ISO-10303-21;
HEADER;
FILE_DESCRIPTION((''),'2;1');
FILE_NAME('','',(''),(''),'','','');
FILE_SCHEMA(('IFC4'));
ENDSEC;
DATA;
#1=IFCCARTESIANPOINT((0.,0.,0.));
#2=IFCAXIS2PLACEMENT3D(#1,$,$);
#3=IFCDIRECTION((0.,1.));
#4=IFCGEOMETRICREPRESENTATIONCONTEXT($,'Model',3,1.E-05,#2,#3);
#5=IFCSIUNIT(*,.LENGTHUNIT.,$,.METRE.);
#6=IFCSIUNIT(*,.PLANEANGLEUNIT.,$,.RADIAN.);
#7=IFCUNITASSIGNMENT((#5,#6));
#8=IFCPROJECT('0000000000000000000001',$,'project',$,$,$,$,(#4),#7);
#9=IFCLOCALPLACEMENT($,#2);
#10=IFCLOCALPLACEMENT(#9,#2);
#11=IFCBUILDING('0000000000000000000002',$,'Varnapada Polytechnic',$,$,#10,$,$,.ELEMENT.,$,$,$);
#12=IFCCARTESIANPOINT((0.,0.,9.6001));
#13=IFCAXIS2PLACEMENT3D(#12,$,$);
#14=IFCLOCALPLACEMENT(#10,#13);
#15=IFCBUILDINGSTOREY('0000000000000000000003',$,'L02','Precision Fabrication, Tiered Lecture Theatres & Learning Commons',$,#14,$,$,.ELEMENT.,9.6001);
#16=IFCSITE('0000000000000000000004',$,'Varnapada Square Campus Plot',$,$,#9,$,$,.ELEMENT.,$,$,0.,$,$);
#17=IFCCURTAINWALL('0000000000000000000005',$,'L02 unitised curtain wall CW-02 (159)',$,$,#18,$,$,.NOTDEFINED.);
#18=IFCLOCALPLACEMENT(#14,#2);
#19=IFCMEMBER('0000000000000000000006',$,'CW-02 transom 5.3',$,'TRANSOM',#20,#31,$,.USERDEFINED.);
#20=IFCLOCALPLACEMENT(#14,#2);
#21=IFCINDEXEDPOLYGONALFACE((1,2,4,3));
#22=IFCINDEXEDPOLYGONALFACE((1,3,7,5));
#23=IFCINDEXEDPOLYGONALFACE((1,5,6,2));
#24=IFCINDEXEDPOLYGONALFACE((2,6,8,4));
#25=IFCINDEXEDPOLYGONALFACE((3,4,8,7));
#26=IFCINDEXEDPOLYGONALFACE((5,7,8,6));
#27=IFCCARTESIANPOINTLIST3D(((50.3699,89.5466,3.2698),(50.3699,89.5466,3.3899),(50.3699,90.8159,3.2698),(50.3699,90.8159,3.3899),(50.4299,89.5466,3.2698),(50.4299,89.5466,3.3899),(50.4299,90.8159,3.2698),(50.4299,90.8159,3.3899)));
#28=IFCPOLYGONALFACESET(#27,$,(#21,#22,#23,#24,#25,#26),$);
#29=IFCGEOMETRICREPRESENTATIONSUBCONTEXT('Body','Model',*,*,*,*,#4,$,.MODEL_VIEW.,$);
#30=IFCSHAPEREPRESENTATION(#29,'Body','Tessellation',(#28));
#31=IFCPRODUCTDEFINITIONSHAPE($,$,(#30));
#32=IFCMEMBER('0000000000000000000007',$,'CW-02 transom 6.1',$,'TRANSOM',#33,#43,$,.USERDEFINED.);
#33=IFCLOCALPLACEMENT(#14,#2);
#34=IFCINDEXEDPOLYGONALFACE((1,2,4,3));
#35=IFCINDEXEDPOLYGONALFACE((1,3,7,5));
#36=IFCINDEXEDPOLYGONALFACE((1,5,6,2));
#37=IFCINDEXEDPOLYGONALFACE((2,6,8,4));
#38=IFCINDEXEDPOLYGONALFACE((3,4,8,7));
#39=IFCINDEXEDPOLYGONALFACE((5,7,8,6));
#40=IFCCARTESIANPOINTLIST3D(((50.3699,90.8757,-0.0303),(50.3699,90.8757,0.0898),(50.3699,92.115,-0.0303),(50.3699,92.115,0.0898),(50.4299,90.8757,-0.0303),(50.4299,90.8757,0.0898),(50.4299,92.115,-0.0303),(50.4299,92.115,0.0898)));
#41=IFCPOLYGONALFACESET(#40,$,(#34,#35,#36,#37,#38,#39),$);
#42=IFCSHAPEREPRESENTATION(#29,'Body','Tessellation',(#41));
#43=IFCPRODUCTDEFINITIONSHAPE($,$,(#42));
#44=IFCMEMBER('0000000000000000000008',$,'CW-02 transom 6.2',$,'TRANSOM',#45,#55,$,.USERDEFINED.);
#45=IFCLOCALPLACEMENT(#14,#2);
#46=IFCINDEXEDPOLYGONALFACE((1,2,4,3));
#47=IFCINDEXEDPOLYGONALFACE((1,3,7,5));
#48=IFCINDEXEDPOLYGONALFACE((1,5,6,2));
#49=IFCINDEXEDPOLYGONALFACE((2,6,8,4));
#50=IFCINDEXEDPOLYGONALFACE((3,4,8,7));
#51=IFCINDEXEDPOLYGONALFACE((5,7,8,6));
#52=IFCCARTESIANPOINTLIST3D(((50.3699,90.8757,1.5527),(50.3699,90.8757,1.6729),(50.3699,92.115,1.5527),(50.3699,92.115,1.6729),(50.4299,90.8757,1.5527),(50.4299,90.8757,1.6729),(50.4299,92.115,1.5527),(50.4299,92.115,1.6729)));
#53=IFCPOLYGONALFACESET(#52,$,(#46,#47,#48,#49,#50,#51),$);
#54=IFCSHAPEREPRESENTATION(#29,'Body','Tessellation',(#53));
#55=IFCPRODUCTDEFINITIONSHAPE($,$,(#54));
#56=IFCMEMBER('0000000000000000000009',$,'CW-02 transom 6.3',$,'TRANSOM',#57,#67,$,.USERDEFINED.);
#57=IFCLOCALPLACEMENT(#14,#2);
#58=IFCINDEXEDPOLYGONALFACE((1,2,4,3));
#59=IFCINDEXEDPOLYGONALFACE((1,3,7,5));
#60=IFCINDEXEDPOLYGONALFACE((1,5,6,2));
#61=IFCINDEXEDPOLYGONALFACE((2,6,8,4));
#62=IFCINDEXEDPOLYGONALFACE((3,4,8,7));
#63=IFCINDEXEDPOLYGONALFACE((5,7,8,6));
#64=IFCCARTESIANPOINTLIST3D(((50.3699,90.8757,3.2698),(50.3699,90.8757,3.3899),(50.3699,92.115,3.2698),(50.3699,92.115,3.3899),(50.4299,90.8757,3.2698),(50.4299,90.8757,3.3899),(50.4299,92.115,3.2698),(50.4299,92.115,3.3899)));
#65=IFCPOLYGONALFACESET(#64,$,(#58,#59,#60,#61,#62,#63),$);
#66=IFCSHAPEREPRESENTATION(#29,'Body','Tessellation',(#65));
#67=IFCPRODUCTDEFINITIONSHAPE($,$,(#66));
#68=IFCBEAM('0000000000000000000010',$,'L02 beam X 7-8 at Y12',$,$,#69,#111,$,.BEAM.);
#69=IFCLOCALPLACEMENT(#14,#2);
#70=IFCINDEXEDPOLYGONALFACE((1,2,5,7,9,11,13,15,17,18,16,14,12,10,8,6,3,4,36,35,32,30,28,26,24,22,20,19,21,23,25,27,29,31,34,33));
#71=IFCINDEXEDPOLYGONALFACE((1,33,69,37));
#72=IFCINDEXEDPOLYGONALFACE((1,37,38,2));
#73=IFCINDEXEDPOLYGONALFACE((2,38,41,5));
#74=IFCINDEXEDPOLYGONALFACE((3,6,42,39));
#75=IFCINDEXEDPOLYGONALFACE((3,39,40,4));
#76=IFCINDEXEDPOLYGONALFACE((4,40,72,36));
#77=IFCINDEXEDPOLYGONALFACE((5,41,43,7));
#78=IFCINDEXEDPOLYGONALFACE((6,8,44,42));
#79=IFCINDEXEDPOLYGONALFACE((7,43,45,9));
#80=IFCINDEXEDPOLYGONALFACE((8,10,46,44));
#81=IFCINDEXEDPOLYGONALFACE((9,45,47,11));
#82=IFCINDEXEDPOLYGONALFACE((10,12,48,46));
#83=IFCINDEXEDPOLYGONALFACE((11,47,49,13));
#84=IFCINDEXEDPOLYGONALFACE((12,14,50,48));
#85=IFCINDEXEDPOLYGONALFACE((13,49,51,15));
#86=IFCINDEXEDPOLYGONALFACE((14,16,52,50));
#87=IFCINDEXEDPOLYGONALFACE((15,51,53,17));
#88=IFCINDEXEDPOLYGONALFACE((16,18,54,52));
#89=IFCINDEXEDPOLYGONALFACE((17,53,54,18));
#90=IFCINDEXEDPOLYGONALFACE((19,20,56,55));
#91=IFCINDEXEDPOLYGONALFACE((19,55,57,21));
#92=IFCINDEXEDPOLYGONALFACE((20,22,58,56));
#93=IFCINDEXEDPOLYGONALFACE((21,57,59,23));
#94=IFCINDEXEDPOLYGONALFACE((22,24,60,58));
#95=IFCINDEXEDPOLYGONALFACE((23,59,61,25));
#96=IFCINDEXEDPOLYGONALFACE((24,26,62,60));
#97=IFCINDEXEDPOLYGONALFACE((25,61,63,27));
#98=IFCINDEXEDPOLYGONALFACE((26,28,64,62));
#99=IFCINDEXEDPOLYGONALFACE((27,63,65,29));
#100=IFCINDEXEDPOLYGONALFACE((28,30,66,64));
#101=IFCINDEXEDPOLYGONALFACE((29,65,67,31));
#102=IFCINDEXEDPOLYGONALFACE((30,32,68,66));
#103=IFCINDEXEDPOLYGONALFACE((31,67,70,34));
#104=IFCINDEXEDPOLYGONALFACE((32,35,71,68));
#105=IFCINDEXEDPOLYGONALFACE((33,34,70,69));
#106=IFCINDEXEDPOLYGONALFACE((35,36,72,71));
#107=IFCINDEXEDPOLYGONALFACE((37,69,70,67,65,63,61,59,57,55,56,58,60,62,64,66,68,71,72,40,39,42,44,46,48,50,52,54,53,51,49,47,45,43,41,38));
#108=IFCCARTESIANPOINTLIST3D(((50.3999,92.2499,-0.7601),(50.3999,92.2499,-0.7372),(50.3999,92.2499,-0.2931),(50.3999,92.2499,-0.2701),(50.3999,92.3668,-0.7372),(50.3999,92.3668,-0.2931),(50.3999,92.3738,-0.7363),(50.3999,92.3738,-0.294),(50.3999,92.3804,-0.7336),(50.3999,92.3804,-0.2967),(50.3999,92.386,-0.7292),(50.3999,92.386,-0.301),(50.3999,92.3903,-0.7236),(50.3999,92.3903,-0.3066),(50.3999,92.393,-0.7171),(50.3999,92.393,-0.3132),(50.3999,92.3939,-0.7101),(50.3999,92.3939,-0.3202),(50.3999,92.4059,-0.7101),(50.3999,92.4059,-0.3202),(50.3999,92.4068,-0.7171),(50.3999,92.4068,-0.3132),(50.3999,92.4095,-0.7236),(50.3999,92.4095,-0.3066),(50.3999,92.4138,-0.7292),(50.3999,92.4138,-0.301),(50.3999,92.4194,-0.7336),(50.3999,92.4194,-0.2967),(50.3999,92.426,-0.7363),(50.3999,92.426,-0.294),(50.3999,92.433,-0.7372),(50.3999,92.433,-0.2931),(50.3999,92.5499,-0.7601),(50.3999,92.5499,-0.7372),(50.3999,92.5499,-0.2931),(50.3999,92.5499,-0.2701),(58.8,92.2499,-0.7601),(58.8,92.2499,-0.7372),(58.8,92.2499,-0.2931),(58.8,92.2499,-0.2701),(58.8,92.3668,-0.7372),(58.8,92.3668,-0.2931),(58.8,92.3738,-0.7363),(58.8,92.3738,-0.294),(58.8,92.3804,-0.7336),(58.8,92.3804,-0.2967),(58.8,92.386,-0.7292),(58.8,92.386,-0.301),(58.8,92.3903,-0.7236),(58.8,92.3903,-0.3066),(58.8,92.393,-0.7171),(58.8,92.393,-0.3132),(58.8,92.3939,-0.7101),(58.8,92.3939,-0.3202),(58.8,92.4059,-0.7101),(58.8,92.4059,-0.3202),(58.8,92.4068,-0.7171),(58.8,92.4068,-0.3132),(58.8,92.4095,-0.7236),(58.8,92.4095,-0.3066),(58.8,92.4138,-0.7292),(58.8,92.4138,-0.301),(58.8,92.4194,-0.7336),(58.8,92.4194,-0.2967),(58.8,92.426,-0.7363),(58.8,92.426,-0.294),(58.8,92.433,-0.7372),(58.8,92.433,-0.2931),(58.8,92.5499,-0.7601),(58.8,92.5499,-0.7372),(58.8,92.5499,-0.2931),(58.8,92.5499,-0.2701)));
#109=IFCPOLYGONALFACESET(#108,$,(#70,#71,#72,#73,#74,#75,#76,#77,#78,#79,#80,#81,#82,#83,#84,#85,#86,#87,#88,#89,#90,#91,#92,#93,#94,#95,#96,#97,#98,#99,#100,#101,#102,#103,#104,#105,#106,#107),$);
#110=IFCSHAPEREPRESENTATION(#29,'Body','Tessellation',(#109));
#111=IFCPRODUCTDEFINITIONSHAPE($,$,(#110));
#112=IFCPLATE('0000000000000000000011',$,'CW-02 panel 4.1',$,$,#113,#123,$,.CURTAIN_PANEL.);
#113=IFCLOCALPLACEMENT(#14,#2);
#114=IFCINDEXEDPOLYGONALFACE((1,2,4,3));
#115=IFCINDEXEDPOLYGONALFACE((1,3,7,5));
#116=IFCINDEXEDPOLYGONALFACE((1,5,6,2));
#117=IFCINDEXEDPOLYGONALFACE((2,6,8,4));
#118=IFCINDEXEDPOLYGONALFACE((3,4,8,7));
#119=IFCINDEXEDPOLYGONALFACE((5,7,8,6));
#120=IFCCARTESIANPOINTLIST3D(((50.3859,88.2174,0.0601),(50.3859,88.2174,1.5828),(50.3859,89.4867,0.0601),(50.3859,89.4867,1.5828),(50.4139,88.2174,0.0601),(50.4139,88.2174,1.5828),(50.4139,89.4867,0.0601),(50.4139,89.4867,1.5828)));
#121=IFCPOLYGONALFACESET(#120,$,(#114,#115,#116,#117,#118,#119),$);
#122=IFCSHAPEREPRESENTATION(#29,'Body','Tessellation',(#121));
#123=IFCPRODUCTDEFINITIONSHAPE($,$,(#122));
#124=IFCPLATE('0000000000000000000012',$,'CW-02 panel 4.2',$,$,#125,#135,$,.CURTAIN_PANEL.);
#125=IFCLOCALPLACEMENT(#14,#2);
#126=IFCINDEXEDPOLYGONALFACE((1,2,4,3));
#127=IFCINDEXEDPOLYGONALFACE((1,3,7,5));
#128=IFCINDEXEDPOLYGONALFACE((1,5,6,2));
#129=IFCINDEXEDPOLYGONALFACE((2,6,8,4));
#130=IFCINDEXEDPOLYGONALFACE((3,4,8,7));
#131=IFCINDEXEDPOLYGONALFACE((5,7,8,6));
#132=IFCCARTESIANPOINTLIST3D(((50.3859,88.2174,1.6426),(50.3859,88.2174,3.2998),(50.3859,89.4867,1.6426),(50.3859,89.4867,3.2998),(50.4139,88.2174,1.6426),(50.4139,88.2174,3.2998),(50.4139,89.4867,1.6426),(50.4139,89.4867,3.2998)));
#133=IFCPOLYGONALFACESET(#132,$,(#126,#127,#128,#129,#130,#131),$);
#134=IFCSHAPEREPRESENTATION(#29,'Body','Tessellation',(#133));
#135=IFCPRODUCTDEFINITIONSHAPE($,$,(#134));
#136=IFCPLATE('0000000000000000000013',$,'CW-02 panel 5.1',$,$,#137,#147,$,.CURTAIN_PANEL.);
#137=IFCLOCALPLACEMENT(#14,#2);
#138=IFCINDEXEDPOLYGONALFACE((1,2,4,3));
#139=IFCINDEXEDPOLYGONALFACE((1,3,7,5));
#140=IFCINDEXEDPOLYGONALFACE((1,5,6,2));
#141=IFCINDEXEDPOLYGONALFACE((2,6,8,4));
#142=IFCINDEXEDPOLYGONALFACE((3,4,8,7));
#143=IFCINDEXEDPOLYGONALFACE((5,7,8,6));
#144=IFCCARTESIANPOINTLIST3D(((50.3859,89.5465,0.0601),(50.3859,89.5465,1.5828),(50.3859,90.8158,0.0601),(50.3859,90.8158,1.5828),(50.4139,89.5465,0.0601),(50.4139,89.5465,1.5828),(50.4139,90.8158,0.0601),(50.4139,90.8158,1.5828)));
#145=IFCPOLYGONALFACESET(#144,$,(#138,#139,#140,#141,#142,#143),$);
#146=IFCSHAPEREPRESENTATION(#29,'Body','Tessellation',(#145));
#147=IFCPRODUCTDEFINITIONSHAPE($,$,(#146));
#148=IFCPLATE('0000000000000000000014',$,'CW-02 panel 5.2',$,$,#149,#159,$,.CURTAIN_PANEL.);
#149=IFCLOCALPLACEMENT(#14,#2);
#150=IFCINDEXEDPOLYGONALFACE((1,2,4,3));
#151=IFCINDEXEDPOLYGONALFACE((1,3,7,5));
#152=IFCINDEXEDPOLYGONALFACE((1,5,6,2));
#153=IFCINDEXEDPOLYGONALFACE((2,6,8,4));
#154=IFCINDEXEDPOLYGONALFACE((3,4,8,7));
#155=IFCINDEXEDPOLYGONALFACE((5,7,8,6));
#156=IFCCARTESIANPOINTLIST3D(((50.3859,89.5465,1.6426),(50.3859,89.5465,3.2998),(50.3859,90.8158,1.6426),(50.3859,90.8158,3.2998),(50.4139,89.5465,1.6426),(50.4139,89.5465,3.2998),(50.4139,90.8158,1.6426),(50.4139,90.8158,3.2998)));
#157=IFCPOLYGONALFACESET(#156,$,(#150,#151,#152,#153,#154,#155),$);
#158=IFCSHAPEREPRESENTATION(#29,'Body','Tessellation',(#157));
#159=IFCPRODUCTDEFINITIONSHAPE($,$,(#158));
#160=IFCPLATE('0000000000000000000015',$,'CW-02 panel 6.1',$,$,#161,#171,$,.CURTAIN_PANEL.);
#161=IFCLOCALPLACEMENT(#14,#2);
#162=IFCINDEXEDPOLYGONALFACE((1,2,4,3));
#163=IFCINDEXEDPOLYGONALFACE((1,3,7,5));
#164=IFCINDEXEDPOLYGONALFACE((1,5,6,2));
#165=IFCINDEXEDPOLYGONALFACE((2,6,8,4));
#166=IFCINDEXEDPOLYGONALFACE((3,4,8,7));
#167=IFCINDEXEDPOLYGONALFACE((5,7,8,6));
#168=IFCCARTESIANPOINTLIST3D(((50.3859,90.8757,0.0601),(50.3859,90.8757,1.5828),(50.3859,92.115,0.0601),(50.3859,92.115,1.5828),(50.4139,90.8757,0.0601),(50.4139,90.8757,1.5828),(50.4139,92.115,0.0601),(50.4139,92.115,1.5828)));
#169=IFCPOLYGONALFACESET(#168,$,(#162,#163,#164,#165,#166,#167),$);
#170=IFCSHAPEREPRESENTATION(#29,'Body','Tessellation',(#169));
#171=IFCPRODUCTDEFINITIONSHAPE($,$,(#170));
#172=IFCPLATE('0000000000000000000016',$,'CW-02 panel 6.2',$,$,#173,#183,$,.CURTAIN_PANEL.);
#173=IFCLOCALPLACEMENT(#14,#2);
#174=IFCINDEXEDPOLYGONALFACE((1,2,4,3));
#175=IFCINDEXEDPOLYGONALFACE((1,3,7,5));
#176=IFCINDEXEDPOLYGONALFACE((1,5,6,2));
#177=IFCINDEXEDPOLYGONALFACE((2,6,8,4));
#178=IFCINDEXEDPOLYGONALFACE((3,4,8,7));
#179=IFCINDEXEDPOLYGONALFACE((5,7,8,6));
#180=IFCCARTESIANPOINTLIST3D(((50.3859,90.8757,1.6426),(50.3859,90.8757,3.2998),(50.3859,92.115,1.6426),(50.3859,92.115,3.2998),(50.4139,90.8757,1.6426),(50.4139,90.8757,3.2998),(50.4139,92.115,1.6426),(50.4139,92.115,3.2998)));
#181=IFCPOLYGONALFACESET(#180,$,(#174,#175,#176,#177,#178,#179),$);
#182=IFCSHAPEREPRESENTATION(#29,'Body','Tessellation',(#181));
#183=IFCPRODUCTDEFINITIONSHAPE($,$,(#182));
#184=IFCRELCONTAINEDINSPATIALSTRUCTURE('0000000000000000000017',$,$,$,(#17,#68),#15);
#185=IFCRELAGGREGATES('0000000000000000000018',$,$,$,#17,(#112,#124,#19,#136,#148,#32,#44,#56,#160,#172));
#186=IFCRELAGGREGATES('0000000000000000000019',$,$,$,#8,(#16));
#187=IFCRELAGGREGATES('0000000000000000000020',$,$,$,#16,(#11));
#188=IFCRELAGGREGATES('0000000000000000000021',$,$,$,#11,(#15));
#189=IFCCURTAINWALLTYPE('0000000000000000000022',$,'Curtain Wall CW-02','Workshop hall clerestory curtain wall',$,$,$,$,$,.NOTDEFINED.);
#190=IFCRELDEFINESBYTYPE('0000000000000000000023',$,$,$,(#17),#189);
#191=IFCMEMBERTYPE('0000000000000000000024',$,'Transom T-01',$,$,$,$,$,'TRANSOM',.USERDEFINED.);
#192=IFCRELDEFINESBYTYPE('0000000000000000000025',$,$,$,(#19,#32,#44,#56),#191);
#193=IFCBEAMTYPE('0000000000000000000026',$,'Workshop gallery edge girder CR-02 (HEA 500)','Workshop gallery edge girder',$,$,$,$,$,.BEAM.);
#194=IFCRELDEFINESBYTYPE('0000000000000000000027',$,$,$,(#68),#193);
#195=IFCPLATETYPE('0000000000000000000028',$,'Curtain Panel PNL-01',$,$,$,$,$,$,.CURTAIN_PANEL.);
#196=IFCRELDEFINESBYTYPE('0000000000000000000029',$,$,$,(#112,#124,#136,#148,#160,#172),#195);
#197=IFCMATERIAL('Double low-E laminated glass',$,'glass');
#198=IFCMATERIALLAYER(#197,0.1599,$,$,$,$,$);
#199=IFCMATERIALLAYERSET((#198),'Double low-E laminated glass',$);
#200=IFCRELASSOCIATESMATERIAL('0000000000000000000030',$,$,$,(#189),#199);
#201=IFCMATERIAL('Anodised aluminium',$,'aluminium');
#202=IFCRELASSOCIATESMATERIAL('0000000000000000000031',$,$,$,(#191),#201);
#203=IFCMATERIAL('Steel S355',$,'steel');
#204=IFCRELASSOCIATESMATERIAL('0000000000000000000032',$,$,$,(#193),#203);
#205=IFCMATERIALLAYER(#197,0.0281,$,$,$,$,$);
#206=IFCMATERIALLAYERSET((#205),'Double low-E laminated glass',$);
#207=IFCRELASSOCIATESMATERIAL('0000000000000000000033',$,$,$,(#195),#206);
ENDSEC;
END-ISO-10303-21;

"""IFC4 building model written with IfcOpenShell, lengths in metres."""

from ifc_helpers import new_model, si_unit, direction, frame, origin, origin_2d, place, context, subcontext, project, spatial, rectangle, i_section, extrude, material, layer, layer_set, material_profile, profile_set, type_object, element, aggregate, save


model = new_model("IFC4")

# Units and contexts
model_context = context("Model", 3, precision=1e-05, world=origin(), true_north=direction((0.0, 1.0)))
body_context = subcontext(model_context, "Body", "Model", "MODEL_VIEW")
ifc_project = project(units=[si_unit("LENGTHUNIT", "METRE"), si_unit("PLANEANGLEUNIT", "RADIAN")], contexts=[model_context])

# Site, building, storey
site_placement = place(None, origin())
site = spatial("IfcSite", under=ifc_project, at=site_placement, Name="Varnapada Square Campus Plot", CompositionType="ELEMENT", RefElevation=0.0)
building_placement = place(site_placement, origin())
building = spatial("IfcBuilding", under=site, at=building_placement, Name="Varnapada Polytechnic", CompositionType="ELEMENT")
storey_placement = place(building_placement, frame((0.0, 0.0, 9.6001)))
storey = spatial("IfcBuildingStorey", under=building, at=storey_placement, Name="L02", Description="Precision Fabrication, Tiered Lecture Theatres & Learning Commons", CompositionType="ELEMENT", Elevation=9.6001)

# Shared definitions
ifc_material_1 = material(Name="Steel S355", Category="steel")

# Curtain wall
ifc_material_2 = material(Name="Double low-E laminated glass", Category="glass")
ifc_layer_1 = layer(ifc_material_2, 0.1599)
ifc_layer_set_1 = layer_set([ifc_layer_1], Name="Double low-E laminated glass")
curtain_wall_type = type_object("IfcCurtainWallType", Name="Curtain Wall CW-02", Description="Workshop hall clerestory curtain wall", PredefinedType="NOTDEFINED", material=ifc_layer_set_1)
curtain_wall_placement = place(storey_placement, origin())
curtain_wall = element("IfcCurtainWall", 1, at=curtain_wall_placement, inside=storey, type_object=curtain_wall_type, Name="L02 unitised curtain wall CW-02 (159)", PredefinedType="NOTDEFINED")
ifc_material_3 = material(Name="Anodised aluminium", Category="aluminium")

# Members
ifc_material_profile_1 = material_profile(ifc_material_3, rectangle(XDim=0.0601, YDim=0.1201, at=origin_2d()), Name="ALU T60x120")
ifc_profile_set_1 = profile_set([ifc_material_profile_1], Name="Anodised aluminium")
member_type_1 = type_object("IfcMemberType", Name="Transom T-01", ElementType="TRANSOM", PredefinedType="USERDEFINED", material=ifc_profile_set_1)
member_1_placement = place(storey_placement, frame((50.3999, 89.5466, 3.3298), z_axis=(0.0, 1.0, 0.0), x_axis=(-1.0, 0.0, 0.0)))
member_1 = element("IfcMember", 2, at=member_1_placement, type_object=member_type_1, Name="CW-02 transom 5.3", ObjectType="TRANSOM", PredefinedType="USERDEFINED", context=body_context, shape_type="SweptSolid", body=[
    extrude(rectangle(XDim=0.0601, YDim=0.1201, at=origin_2d()), origin(), (0.0, 0.0, 1.0), 1.2693),
])
member_2_placement = place(storey_placement, frame((50.3999, 90.8757, 0.0298), z_axis=(0.0, 1.0, 0.0), x_axis=(-1.0, 0.0, 0.0)))
member_2 = element("IfcMember", 3, at=member_2_placement, type_object=member_type_1, Name="CW-02 transom 6.1", ObjectType="TRANSOM", PredefinedType="USERDEFINED", context=body_context, shape_type="SweptSolid", body=[
    extrude(rectangle(XDim=0.0601, YDim=0.1201, at=origin_2d()), origin(), (0.0, 0.0, 1.0), 1.2393),
])
member_3_placement = place(storey_placement, frame((50.3999, 90.8757, 1.6128), z_axis=(0.0, 1.0, 0.0), x_axis=(-1.0, 0.0, 0.0)))
member_3 = element("IfcMember", 4, at=member_3_placement, type_object=member_type_1, Name="CW-02 transom 6.2", ObjectType="TRANSOM", PredefinedType="USERDEFINED", context=body_context, shape_type="SweptSolid", body=[
    extrude(rectangle(XDim=0.0601, YDim=0.1201, at=origin_2d()), origin(), (0.0, 0.0, 1.0), 1.2393),
])
member_4_placement = place(storey_placement, frame((50.3999, 90.8757, 3.3298), z_axis=(0.0, 1.0, 0.0), x_axis=(-1.0, 0.0, 0.0)))
member_4 = element("IfcMember", 5, at=member_4_placement, type_object=member_type_1, Name="CW-02 transom 6.3", ObjectType="TRANSOM", PredefinedType="USERDEFINED", context=body_context, shape_type="SweptSolid", body=[
    extrude(rectangle(XDim=0.0601, YDim=0.1201, at=origin_2d()), origin(), (0.0, 0.0, 1.0), 1.2393),
])

# Beam
ifc_material_profile_2 = material_profile(ifc_material_1, i_section(OverallWidth=0.3, OverallDepth=0.49, WebThickness=0.012, FlangeThickness=0.0229, FilletRadius=0.0271, at=origin_2d()), Name="HEA 500")
ifc_profile_set_2 = profile_set([ifc_material_profile_2], Name="Steel S355")
beam_type_1 = type_object("IfcBeamType", Name="Workshop gallery edge girder CR-02 (HEA 500)", Description="Workshop gallery edge girder", PredefinedType="BEAM", material=ifc_profile_set_2)
beam_1_placement = place(storey_placement, frame((50.3999, 92.3999, -0.5151), z_axis=(1.0, 0.0, 0.0), x_axis=(0.0, 1.0, 0.0)))
element("IfcBeam", 6, at=beam_1_placement, inside=storey, type_object=beam_type_1, Name="L02 beam X 7-8 at Y12", PredefinedType="BEAM", context=body_context, shape_type="SweptSolid", body=[
    extrude(i_section(OverallWidth=0.3, OverallDepth=0.49, WebThickness=0.012, FlangeThickness=0.0229, FilletRadius=0.0271, at=origin_2d()), origin(), (0.0, 0.0, 1.0), 8.4001),
])

# Plates
ifc_layer_2 = layer(ifc_material_2, 0.0281)
ifc_layer_set_2 = layer_set([ifc_layer_2], Name="Double low-E laminated glass")
plate_type = type_object("IfcPlateType", Name="Curtain Panel PNL-01", PredefinedType="CURTAIN_PANEL", material=ifc_layer_set_2)
plate_1_placement = place(storey_placement, frame((50.3999, 88.8521, 0.0601), z_axis=(0.0, 0.0, 1.0), x_axis=(0.0, 1.0, 0.0)))
plate_1 = element("IfcPlate", 7, at=plate_1_placement, type_object=plate_type, Name="CW-02 panel 4.1", PredefinedType="CURTAIN_PANEL", context=body_context, shape_type="SweptSolid", body=[
    extrude(rectangle(XDim=1.2693, YDim=0.0281, at=origin_2d()), origin(), (0.0, 0.0, 1.0), 1.5227),
])
plate_2_placement = place(storey_placement, frame((50.3999, 88.8521, 1.6426), z_axis=(0.0, 0.0, 1.0), x_axis=(0.0, 1.0, 0.0)))
plate_2 = element("IfcPlate", 8, at=plate_2_placement, type_object=plate_type, Name="CW-02 panel 4.2", PredefinedType="CURTAIN_PANEL", context=body_context, shape_type="SweptSolid", body=[
    extrude(rectangle(XDim=1.2693, YDim=0.0281, at=origin_2d()), origin(), (0.0, 0.0, 1.0), 1.6572),
])
plate_3_placement = place(storey_placement, frame((50.3999, 90.1812, 0.0601), z_axis=(0.0, 0.0, 1.0), x_axis=(0.0, 1.0, 0.0)))
plate_3 = element("IfcPlate", 9, at=plate_3_placement, type_object=plate_type, Name="CW-02 panel 5.1", PredefinedType="CURTAIN_PANEL", context=body_context, shape_type="SweptSolid", body=[
    extrude(rectangle(XDim=1.2693, YDim=0.0281, at=origin_2d()), origin(), (0.0, 0.0, 1.0), 1.5227),
])
plate_4_placement = place(storey_placement, frame((50.3999, 90.1812, 1.6426), z_axis=(0.0, 0.0, 1.0), x_axis=(0.0, 1.0, 0.0)))
plate_4 = element("IfcPlate", 10, at=plate_4_placement, type_object=plate_type, Name="CW-02 panel 5.2", PredefinedType="CURTAIN_PANEL", context=body_context, shape_type="SweptSolid", body=[
    extrude(rectangle(XDim=1.2693, YDim=0.0281, at=origin_2d()), origin(), (0.0, 0.0, 1.0), 1.6572),
])
plate_5_placement = place(storey_placement, frame((50.3999, 91.4954, 0.0601), z_axis=(0.0, 0.0, 1.0), x_axis=(0.0, 1.0, 0.0)))
plate_5 = element("IfcPlate", 11, at=plate_5_placement, type_object=plate_type, Name="CW-02 panel 6.1", PredefinedType="CURTAIN_PANEL", context=body_context, shape_type="SweptSolid", body=[
    extrude(rectangle(XDim=1.2393, YDim=0.0281, at=origin_2d()), origin(), (0.0, 0.0, 1.0), 1.5227),
])
plate_6_placement = place(storey_placement, frame((50.3999, 91.4954, 1.6426), z_axis=(0.0, 0.0, 1.0), x_axis=(0.0, 1.0, 0.0)))
plate_6 = element("IfcPlate", 12, at=plate_6_placement, type_object=plate_type, Name="CW-02 panel 6.2", PredefinedType="CURTAIN_PANEL", context=body_context, shape_type="SweptSolid", body=[
    extrude(rectangle(XDim=1.2393, YDim=0.0281, at=origin_2d()), origin(), (0.0, 0.0, 1.0), 1.6572),
])
aggregate(curtain_wall, [plate_1, plate_2, member_1, plate_3, plate_4, member_2, member_3, member_4, plate_5, plate_6])

save(model, "model.ifc")
